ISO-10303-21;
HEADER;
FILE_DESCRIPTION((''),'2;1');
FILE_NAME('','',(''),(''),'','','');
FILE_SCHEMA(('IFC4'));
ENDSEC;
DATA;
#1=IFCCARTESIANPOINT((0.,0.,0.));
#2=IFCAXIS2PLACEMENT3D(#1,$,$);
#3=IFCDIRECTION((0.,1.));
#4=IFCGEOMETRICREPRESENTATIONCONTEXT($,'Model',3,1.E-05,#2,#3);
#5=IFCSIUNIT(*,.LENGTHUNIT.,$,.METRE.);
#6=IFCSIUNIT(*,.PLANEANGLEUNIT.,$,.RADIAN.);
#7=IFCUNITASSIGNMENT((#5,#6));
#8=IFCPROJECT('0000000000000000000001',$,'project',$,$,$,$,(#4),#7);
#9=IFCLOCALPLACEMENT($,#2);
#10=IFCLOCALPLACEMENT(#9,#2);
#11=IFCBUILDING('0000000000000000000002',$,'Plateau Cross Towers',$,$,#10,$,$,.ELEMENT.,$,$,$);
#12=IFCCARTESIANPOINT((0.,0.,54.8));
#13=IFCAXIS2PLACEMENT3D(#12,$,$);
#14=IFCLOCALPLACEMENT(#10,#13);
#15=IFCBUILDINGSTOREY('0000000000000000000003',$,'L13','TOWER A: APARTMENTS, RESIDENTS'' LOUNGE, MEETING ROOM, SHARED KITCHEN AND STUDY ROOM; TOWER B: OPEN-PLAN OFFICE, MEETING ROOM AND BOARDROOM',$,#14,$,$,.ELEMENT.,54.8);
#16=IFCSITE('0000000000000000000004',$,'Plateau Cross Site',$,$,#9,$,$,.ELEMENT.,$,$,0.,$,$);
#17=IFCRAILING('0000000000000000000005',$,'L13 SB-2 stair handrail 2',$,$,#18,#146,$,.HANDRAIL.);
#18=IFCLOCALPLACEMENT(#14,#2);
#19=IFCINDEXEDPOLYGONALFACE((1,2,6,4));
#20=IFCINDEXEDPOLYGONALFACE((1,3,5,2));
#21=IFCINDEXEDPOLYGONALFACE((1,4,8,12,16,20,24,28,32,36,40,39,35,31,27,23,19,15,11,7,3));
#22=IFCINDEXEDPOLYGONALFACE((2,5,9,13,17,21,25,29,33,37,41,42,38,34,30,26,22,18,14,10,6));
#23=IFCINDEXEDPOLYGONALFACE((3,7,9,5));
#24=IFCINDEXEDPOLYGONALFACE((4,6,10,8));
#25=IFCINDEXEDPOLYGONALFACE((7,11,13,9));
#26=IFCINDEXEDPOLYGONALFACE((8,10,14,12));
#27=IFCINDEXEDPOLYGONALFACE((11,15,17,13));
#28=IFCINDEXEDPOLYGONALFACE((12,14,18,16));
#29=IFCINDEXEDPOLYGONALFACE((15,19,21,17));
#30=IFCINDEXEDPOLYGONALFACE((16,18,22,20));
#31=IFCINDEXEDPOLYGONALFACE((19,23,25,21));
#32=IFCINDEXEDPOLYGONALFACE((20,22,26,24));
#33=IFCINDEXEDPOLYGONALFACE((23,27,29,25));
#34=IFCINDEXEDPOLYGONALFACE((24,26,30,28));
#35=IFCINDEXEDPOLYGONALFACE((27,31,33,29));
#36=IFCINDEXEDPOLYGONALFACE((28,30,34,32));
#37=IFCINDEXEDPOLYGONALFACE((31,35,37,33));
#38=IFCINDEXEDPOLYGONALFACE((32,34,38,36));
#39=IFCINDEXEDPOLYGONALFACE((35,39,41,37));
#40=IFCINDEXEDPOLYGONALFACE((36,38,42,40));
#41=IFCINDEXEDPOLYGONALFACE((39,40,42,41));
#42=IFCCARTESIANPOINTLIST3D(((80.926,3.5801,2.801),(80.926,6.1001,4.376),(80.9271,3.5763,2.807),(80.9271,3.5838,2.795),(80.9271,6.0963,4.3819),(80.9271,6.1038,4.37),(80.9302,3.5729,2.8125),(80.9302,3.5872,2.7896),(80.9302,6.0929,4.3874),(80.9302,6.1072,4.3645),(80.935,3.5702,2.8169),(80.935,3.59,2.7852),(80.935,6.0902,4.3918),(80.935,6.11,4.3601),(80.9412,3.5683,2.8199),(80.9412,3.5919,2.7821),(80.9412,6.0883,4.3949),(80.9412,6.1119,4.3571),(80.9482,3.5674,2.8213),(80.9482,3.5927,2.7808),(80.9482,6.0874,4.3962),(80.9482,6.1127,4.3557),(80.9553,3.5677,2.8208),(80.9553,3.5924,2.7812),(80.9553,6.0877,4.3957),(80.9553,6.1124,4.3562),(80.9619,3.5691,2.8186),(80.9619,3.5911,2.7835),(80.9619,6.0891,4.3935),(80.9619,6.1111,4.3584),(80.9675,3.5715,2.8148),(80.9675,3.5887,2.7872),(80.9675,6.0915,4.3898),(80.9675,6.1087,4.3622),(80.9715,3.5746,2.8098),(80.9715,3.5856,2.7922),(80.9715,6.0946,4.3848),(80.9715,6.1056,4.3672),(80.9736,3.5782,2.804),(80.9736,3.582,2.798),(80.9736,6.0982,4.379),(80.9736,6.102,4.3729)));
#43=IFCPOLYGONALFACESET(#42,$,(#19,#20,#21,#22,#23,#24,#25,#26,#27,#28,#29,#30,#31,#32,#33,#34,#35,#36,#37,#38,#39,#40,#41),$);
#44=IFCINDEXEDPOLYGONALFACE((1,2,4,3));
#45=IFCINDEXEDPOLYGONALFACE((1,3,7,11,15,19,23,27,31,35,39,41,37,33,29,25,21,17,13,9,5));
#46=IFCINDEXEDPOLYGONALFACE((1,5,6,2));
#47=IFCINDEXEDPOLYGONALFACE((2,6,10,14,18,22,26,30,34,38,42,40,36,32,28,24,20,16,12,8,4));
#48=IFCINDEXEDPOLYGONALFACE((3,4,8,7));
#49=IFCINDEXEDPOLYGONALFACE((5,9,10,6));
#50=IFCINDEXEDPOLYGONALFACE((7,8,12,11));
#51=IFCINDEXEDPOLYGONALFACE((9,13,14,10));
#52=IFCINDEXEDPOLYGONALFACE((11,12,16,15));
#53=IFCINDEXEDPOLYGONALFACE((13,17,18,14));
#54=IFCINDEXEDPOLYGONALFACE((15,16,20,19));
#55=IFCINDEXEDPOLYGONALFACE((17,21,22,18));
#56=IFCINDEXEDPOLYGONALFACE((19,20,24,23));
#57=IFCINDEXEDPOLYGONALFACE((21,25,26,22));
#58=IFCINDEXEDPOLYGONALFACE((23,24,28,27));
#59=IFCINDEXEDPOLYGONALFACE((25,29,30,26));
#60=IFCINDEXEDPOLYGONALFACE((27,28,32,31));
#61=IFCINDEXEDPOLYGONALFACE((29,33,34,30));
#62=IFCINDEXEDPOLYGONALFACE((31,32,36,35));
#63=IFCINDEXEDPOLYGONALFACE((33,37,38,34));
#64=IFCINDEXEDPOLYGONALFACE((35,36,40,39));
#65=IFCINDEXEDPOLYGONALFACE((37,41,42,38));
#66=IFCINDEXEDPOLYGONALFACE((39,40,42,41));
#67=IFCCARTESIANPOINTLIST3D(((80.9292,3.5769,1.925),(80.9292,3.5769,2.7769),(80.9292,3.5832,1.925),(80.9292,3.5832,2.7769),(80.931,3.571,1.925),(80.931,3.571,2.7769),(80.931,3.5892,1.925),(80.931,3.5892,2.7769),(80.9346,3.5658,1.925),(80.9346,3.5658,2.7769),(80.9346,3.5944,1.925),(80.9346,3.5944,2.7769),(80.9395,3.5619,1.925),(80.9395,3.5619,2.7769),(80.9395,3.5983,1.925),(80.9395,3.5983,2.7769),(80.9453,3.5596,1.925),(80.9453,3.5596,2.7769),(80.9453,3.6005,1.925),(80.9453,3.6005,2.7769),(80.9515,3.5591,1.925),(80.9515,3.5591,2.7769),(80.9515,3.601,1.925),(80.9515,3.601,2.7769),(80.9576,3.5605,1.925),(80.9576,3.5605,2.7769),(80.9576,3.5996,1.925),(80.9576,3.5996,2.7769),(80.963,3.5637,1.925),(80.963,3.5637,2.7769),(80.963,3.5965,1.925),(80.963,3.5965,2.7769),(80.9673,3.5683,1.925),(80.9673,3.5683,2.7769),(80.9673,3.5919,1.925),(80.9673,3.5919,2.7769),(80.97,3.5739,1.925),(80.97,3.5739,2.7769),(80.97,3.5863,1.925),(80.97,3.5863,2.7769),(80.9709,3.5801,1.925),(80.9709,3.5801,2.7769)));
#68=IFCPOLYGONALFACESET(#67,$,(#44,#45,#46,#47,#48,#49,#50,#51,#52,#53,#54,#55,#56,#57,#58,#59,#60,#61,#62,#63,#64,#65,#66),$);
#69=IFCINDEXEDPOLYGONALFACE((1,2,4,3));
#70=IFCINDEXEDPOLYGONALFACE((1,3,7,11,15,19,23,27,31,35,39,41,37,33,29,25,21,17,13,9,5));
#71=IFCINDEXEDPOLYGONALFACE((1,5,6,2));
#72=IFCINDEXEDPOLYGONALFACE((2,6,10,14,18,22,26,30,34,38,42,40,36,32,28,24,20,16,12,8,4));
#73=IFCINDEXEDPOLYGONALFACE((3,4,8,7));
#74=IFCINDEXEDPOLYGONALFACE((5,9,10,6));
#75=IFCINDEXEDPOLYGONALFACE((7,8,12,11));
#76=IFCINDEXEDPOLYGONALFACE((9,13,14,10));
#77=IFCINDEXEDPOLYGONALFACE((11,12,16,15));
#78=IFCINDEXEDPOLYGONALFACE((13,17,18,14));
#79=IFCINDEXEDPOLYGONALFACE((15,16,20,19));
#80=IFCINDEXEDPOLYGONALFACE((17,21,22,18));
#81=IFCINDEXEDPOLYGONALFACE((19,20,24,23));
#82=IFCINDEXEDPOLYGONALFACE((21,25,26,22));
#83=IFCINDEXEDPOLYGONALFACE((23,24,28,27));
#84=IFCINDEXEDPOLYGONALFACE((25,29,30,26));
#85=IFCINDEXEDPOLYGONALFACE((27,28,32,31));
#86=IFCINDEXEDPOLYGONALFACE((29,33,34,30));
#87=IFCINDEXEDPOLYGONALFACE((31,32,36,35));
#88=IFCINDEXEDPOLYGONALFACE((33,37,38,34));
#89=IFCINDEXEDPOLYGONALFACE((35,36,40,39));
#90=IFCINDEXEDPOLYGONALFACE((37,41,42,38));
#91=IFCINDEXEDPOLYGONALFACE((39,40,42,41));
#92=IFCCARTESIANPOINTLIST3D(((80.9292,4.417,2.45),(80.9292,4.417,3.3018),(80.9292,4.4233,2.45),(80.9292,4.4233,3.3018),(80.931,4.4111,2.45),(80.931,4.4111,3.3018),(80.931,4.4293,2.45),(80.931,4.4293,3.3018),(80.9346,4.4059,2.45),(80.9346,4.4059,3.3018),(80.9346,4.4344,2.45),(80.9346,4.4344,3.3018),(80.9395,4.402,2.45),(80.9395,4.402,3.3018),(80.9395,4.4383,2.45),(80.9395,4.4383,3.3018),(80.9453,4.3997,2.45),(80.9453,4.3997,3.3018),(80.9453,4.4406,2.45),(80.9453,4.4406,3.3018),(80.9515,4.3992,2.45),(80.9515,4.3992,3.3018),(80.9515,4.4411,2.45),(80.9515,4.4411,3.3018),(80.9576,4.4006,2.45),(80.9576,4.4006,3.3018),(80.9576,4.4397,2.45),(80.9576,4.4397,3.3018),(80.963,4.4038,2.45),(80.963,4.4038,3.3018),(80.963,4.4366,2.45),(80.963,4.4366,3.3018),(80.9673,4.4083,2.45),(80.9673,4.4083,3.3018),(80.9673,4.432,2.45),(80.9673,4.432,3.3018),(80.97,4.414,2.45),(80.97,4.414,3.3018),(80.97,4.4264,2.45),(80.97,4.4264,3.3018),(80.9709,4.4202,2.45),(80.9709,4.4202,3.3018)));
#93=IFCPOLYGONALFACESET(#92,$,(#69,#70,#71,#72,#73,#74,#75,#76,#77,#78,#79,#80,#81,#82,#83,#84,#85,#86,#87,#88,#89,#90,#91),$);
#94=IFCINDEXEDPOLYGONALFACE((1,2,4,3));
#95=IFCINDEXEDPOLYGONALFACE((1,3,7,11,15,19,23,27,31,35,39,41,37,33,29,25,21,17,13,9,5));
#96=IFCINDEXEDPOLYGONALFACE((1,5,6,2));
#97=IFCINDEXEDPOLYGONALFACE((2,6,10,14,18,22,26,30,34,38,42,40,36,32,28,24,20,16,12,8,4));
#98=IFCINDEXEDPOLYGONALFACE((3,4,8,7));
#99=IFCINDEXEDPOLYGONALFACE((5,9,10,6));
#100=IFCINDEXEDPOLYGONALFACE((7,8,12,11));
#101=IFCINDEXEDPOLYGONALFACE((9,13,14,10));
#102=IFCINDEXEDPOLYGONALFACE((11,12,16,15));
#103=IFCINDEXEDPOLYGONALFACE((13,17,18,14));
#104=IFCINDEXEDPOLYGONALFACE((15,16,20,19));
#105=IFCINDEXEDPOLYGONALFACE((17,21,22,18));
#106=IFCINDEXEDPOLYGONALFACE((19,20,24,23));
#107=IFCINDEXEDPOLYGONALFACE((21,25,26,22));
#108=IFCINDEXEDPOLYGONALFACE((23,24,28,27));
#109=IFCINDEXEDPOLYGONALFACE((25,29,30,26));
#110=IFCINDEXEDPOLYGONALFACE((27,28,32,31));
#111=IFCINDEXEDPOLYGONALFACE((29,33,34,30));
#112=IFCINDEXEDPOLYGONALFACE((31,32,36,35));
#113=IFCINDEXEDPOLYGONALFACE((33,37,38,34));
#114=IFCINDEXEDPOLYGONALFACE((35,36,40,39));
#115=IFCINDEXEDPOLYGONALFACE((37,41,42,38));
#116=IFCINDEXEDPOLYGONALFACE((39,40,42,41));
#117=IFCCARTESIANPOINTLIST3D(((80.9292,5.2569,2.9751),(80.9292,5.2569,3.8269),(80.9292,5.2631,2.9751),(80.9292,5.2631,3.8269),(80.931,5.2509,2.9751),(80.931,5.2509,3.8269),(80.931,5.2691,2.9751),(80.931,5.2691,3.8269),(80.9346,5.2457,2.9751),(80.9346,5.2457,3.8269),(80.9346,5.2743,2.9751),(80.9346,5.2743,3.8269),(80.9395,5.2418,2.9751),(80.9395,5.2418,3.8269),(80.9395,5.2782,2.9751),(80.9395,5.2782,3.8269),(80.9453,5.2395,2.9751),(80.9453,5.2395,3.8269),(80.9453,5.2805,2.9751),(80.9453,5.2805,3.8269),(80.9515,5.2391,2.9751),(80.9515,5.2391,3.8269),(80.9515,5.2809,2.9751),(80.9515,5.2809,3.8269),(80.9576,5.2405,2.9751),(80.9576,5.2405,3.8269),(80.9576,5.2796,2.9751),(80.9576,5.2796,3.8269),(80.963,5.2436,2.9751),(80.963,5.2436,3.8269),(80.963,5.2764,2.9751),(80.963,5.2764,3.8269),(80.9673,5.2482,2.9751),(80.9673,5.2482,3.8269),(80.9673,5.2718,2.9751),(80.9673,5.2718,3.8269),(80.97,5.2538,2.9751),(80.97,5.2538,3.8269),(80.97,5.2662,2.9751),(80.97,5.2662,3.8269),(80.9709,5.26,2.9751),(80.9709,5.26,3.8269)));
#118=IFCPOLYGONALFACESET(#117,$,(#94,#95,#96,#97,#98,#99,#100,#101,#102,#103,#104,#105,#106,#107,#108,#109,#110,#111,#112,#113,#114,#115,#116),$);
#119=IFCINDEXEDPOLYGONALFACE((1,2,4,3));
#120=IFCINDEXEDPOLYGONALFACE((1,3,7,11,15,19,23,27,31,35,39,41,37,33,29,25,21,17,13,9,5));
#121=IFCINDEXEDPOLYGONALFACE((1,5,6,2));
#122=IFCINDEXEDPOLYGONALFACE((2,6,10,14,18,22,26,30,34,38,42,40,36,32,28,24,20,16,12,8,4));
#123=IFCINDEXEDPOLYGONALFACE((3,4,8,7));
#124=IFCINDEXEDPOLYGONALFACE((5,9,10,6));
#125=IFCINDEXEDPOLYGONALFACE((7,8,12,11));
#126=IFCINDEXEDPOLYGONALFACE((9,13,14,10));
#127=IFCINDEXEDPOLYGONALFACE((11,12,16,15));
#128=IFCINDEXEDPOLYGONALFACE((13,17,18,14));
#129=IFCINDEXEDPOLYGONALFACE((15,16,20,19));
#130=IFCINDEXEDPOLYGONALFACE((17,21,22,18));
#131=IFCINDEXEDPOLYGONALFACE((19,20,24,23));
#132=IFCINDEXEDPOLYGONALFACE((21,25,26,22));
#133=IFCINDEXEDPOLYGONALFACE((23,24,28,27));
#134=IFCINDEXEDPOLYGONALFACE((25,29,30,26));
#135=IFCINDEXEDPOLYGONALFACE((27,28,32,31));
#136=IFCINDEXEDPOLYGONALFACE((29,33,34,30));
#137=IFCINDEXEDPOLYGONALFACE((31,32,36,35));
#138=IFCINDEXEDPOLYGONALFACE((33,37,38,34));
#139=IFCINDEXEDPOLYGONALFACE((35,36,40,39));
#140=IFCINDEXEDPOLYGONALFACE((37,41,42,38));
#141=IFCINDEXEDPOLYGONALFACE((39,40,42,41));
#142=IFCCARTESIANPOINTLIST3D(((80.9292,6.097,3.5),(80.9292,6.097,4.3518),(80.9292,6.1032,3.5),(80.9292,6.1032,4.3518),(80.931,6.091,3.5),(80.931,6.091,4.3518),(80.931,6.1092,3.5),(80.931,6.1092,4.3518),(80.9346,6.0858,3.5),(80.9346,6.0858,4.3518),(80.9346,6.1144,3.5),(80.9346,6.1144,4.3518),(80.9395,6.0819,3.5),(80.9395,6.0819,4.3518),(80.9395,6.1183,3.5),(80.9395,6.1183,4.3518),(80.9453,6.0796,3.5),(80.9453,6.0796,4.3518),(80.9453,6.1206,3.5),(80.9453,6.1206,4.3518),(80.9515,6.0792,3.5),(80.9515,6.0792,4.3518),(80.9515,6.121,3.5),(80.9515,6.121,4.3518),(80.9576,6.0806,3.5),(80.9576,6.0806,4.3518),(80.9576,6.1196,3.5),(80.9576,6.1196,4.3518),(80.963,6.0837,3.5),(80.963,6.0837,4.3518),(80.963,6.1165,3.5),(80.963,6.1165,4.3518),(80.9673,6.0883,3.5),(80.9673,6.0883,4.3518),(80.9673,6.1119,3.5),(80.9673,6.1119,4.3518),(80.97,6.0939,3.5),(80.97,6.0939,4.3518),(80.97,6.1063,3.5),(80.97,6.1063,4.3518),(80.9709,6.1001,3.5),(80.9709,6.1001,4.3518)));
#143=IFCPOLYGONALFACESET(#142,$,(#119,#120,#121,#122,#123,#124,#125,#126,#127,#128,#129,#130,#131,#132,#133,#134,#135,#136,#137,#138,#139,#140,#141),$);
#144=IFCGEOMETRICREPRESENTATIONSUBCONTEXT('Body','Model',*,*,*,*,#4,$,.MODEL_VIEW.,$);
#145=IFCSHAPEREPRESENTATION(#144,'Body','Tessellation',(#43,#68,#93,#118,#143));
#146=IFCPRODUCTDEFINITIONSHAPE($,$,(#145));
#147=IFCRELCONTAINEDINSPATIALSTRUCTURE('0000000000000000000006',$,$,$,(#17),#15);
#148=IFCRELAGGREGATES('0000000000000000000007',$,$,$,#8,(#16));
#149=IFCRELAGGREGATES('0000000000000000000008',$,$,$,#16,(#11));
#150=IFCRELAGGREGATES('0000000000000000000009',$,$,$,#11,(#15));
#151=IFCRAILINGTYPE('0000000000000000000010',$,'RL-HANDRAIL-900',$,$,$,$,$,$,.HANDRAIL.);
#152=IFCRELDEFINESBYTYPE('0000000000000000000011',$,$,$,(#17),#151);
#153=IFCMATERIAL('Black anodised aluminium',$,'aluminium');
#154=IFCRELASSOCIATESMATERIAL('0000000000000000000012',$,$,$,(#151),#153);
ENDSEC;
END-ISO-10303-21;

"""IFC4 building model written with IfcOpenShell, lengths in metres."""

from ifc_helpers import new_model, si_unit, direction, frame, origin, origin_2d, place, context, subcontext, project, spatial, circle, extrude, material, type_object, element, save


model = new_model("IFC4")

# Units and contexts
model_context = context("Model", 3, precision=1e-05, world=origin(), true_north=direction((0.0, 1.0)))
body_context = subcontext(model_context, "Body", "Model", "MODEL_VIEW")
ifc_project = project(units=[si_unit("LENGTHUNIT", "METRE"), si_unit("PLANEANGLEUNIT", "RADIAN")], contexts=[model_context])

# Site, building, storey
site_placement = place(None, origin())
site = spatial("IfcSite", under=ifc_project, at=site_placement, Name="Plateau Cross Site", CompositionType="ELEMENT", RefElevation=0.0)
building_placement = place(site_placement, origin())
building = spatial("IfcBuilding", under=site, at=building_placement, Name="Plateau Cross Towers", CompositionType="ELEMENT")
storey_placement = place(building_placement, frame((0.0, 0.0, 54.8)))
storey = spatial("IfcBuildingStorey", under=building, at=storey_placement, Name="L13", Description="TOWER A: APARTMENTS, RESIDENTS' LOUNGE, MEETING ROOM, SHARED KITCHEN AND STUDY ROOM; TOWER B: OPEN-PLAN OFFICE, MEETING ROOM AND BOARDROOM", CompositionType="ELEMENT", Elevation=54.8)

# Shared definitions
ifc_material_1 = material(Name="Black anodised aluminium", Category="aluminium")

# Railing
railing_type_1 = type_object("IfcRailingType", Name="RL-HANDRAIL-900", PredefinedType="HANDRAIL", material=ifc_material_1)
railing_1_placement = place(storey_placement, frame((80.95, 3.5801, 1.925)))
element("IfcRailing", 1, at=railing_1_placement, inside=storey, type_object=railing_type_1, Name="L13 SB-2 stair handrail 2", PredefinedType="HANDRAIL", context=body_context, shape_type="SweptSolid", body=[
    extrude(circle(Radius=0.0239, at=origin_2d()), frame((0.0, 0.0, 0.876), z_axis=(0.0, 0.848008, 0.529984), x_axis=(-1.0, 0.0, 0.0)), (0.0, 0.0, 1.0), 2.9717),
    extrude(circle(Radius=0.021, at=origin_2d()), origin(), (0.0, 0.0, 1.0), 0.8518),
    extrude(circle(Radius=0.021, at=origin_2d()), frame((0.0, 0.8401, 0.5249)), (0.0, 0.0, 1.0), 0.8518),
    extrude(circle(Radius=0.021, at=origin_2d()), frame((0.0, 1.6799, 1.05)), (0.0, 0.0, 1.0), 0.8518),
    extrude(circle(Radius=0.021, at=origin_2d()), frame((0.0, 2.52, 1.575)), (0.0, 0.0, 1.0), 0.8518),
])

save(model, "model.ifc")
